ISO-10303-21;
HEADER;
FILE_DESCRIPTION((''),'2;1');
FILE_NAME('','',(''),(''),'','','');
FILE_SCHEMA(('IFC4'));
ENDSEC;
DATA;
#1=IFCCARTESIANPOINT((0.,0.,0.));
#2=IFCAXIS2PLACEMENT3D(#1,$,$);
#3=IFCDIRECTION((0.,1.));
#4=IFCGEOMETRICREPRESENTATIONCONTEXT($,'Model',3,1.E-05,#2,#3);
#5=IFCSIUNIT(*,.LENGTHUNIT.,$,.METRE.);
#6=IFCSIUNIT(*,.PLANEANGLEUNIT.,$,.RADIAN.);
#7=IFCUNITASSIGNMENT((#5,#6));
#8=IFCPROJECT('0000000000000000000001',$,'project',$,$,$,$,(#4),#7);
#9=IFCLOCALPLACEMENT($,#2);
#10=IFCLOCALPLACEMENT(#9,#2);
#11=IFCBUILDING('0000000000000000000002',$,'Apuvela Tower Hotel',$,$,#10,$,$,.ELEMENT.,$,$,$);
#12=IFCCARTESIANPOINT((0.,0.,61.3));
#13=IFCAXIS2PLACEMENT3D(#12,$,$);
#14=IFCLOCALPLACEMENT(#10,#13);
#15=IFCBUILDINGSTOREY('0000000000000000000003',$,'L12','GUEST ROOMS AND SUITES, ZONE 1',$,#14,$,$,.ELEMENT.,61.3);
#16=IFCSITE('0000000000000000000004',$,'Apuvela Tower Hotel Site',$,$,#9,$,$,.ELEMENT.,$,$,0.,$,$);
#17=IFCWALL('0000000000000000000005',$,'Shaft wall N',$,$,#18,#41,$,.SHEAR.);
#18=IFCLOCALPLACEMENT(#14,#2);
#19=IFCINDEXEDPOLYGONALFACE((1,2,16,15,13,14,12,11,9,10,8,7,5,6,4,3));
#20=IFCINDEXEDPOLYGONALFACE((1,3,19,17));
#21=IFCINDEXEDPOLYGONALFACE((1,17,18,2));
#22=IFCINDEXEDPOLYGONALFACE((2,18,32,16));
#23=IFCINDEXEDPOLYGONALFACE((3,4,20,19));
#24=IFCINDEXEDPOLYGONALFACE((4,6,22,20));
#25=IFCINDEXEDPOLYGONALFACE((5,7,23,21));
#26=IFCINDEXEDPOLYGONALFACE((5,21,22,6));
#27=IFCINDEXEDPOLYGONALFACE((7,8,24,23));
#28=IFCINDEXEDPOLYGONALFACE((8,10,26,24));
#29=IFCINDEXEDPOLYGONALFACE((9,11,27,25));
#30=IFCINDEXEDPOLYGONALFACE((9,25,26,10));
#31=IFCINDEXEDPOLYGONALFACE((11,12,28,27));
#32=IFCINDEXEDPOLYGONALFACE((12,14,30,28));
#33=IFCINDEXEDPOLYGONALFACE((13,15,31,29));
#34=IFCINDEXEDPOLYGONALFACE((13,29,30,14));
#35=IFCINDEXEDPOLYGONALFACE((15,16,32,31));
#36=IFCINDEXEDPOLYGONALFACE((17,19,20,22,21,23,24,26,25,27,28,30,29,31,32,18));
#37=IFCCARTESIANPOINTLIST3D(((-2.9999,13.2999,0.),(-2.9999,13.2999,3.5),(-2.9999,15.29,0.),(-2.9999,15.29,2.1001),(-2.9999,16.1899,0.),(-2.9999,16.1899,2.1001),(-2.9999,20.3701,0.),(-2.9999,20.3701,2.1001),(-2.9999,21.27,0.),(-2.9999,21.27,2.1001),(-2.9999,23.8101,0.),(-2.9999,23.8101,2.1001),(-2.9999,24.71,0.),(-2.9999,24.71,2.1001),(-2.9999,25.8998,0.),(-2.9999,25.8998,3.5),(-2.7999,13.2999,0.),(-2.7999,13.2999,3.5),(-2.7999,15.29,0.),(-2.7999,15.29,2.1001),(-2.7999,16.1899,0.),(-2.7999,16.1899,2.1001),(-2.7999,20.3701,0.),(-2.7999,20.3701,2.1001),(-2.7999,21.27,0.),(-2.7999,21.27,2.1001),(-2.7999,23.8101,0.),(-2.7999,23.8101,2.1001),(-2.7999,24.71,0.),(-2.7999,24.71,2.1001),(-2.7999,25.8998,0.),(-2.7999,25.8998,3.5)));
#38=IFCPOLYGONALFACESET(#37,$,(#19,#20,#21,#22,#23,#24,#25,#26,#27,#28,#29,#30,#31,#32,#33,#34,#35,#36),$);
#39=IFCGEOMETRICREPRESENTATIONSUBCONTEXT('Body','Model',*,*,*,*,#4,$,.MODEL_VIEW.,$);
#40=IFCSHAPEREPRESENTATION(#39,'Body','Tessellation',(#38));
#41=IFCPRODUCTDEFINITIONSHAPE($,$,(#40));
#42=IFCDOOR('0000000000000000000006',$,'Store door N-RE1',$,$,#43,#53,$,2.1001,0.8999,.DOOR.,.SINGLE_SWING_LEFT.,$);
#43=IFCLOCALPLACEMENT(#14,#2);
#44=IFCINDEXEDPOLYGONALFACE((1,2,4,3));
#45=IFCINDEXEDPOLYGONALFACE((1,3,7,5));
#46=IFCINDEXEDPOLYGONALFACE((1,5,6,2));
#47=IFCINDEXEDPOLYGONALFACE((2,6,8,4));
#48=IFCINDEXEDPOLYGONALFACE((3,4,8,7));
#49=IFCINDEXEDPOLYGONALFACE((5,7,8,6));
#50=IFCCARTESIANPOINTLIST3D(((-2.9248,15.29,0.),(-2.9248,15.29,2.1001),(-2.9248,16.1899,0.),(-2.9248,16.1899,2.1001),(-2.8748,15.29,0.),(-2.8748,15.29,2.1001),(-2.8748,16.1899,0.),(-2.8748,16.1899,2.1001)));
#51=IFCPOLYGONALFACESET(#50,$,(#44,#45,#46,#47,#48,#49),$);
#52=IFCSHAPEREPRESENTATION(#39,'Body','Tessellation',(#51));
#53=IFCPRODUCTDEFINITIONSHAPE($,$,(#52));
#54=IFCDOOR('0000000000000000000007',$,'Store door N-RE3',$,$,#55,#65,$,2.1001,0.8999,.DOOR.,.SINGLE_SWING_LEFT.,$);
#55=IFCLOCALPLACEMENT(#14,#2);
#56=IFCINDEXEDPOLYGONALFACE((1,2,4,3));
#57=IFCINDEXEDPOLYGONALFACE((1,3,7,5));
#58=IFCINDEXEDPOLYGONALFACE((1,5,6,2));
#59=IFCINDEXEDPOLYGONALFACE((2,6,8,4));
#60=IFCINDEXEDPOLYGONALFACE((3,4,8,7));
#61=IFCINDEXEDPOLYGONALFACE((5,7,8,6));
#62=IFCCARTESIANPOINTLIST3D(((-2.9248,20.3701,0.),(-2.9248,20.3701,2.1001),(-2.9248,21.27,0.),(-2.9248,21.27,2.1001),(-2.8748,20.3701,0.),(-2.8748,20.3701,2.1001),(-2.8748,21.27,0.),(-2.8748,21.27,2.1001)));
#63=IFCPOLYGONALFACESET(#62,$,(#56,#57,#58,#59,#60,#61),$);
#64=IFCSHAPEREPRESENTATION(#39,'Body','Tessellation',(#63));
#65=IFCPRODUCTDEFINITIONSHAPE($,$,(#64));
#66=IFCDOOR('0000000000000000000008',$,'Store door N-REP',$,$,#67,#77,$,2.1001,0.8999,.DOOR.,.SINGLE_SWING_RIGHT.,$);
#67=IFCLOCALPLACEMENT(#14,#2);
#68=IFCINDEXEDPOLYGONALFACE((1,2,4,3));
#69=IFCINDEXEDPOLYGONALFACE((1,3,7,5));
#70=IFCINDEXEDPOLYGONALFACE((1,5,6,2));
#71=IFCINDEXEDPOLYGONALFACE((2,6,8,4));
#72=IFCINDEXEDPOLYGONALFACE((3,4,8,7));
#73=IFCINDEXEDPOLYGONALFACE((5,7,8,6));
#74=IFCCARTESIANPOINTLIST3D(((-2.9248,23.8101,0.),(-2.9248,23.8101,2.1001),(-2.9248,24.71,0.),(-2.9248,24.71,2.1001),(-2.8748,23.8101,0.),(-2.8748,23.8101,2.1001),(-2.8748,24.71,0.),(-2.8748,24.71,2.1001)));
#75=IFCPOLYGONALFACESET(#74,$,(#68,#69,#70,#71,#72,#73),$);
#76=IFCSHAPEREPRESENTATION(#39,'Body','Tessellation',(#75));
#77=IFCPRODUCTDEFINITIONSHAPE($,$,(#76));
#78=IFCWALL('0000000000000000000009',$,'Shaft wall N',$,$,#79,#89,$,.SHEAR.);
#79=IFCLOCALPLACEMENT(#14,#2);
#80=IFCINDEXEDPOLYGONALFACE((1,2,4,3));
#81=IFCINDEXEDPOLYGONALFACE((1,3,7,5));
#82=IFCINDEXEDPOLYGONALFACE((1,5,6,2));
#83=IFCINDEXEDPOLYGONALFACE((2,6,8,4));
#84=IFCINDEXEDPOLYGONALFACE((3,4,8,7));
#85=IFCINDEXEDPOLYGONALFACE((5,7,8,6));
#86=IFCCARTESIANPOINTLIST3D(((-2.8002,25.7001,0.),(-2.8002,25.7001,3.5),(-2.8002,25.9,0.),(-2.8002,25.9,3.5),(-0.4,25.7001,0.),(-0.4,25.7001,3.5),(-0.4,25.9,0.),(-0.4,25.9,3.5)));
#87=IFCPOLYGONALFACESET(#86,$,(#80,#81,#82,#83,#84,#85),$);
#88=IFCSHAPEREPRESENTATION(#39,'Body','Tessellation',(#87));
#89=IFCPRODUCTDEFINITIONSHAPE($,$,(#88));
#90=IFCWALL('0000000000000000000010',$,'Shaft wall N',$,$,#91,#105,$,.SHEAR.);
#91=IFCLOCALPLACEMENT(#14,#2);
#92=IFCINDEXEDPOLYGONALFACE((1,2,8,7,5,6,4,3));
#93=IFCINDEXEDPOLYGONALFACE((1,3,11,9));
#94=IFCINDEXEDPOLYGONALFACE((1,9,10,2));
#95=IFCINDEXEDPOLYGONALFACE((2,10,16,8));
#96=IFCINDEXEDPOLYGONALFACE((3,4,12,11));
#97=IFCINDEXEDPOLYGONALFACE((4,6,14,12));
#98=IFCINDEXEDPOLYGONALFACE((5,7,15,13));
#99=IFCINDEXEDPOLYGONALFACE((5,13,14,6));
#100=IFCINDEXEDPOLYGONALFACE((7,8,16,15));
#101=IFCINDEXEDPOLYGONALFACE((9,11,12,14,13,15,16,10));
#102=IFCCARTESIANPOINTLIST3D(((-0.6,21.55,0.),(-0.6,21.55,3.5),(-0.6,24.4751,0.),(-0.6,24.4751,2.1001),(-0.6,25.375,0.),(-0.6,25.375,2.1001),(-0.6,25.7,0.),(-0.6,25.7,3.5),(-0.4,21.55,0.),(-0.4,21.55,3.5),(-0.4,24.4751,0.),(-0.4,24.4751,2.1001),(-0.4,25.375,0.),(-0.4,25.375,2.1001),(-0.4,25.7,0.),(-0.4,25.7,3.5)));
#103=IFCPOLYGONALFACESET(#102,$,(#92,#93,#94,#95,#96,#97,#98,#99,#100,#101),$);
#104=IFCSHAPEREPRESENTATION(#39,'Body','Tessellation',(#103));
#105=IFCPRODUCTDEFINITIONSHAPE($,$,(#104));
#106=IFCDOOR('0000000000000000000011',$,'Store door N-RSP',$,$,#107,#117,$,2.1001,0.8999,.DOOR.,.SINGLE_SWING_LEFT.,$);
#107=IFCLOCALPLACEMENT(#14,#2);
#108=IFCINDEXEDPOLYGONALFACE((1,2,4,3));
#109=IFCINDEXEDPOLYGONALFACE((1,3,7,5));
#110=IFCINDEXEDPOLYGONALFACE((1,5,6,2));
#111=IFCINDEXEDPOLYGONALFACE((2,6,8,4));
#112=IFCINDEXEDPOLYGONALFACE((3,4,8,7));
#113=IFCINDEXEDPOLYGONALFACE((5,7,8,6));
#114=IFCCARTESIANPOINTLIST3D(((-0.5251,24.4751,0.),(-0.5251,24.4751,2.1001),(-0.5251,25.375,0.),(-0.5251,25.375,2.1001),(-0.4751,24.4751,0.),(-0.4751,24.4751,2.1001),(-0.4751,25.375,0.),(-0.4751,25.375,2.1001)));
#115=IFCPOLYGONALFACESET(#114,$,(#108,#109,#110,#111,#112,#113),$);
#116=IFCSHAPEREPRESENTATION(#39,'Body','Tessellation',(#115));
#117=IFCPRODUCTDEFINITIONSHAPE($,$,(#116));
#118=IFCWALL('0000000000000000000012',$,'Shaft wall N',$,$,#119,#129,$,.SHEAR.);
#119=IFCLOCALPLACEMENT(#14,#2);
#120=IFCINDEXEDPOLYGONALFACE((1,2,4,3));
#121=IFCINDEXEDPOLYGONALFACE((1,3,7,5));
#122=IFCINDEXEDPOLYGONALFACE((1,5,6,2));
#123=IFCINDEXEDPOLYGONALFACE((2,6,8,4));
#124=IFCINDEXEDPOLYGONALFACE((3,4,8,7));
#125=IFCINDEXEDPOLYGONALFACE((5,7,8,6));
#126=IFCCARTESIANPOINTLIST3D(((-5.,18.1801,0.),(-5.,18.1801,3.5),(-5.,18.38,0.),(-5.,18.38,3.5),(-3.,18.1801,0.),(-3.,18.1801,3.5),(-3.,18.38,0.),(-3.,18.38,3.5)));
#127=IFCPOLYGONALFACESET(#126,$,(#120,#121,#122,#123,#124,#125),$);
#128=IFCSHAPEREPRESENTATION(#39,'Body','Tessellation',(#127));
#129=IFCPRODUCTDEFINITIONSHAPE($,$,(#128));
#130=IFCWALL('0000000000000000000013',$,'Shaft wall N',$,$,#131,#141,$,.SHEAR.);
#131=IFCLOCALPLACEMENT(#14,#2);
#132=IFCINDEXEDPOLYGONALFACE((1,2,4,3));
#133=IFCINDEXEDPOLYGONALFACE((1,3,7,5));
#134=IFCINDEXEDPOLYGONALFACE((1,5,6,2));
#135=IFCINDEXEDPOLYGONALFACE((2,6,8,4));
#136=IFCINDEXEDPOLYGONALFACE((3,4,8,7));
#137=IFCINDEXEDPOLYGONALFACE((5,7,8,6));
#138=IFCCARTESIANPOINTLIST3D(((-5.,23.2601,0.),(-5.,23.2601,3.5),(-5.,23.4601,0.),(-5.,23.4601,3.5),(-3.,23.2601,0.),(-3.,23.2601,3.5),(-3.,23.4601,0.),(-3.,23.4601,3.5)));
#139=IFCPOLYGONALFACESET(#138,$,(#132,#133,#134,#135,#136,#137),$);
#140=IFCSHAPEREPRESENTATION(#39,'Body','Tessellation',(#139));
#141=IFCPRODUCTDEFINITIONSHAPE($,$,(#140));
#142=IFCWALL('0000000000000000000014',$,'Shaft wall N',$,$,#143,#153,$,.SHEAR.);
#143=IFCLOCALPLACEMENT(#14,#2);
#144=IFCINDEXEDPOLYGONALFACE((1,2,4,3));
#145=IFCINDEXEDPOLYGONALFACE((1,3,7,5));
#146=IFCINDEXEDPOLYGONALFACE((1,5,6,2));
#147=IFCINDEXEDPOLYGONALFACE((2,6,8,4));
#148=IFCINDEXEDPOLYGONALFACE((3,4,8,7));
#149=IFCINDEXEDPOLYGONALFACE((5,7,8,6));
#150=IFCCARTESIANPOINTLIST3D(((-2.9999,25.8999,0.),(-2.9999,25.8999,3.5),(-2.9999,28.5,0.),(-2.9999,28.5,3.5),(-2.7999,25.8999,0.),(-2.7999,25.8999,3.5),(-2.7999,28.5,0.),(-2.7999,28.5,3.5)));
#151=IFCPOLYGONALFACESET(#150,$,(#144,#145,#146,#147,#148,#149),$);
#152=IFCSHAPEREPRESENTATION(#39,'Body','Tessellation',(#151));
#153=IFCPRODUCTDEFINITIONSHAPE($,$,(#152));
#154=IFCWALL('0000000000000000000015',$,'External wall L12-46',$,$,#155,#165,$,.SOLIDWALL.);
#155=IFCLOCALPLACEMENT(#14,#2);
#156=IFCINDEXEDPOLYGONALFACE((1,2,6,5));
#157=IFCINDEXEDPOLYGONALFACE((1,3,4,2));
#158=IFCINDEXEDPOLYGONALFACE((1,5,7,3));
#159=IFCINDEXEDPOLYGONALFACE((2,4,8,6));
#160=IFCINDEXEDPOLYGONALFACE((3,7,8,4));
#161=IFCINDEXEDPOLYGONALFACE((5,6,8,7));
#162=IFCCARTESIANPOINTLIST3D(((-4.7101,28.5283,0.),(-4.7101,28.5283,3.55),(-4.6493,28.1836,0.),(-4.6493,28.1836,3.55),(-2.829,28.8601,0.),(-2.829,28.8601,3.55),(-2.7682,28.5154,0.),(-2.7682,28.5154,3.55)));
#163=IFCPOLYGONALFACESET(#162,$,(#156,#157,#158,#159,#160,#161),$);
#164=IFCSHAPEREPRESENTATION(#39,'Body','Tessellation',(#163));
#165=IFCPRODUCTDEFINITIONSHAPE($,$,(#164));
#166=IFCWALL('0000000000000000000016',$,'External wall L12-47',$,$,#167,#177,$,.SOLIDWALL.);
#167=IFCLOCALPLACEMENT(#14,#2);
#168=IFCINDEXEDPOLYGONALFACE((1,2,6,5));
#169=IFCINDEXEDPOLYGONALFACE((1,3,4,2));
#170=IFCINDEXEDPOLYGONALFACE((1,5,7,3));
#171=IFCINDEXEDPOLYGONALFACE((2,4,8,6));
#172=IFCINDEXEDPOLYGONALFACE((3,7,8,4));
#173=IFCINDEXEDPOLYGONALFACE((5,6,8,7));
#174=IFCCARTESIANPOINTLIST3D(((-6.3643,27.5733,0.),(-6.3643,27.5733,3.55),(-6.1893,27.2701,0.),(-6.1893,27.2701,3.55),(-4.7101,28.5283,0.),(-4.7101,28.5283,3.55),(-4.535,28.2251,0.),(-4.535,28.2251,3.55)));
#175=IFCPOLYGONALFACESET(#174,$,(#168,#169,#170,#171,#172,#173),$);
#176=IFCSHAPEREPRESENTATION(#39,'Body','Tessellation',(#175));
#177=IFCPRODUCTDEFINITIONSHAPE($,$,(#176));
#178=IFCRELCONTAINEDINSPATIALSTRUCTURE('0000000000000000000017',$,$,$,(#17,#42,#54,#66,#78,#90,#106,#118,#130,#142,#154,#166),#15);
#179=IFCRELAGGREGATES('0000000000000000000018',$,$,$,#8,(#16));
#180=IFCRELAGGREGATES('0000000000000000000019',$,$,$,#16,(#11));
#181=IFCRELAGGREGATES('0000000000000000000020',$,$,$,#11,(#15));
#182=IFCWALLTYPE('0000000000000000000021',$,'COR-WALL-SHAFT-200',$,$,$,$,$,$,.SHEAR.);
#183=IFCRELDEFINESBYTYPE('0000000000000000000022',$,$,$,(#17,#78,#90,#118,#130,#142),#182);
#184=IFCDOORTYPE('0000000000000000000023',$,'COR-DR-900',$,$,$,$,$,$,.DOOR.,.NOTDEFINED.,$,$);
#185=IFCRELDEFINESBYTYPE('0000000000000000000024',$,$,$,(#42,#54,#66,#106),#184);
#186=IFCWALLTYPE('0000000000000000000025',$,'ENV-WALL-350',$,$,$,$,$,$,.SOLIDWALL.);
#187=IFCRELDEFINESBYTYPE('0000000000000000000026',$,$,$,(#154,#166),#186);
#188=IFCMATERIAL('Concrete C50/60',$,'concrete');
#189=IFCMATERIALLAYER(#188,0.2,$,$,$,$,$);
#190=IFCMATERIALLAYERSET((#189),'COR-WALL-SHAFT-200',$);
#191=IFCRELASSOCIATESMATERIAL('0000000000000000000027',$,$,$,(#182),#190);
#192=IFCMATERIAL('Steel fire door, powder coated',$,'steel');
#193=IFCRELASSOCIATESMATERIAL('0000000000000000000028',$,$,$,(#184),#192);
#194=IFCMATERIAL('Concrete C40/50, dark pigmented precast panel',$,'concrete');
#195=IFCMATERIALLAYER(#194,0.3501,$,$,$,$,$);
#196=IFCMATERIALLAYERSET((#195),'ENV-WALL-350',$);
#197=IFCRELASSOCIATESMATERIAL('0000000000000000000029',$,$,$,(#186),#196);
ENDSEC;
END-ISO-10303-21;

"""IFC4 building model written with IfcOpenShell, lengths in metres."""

from ifc_helpers import new_model, si_unit, direction, frame, frame_2d, origin, place, context, subcontext, project, spatial, rectangle, extrude, material, layer, layer_set, type_object, element, fill, save


model = new_model("IFC4")

# Units and contexts
model_context = context("Model", 3, precision=1e-05, world=origin(), true_north=direction((0.0, 1.0)))
body_context = subcontext(model_context, "Body", "Model", "MODEL_VIEW")
ifc_project = project(units=[si_unit("LENGTHUNIT", "METRE"), si_unit("PLANEANGLEUNIT", "RADIAN")], contexts=[model_context])

# Site, building, storey
site_placement = place(None, origin())
site = spatial("IfcSite", under=ifc_project, at=site_placement, Name="Apuvela Tower Hotel Site", CompositionType="ELEMENT", RefElevation=0.0)
building_placement = place(site_placement, origin())
building = spatial("IfcBuilding", under=site, at=building_placement, Name="Apuvela Tower Hotel", CompositionType="ELEMENT")
storey_placement = place(building_placement, frame((0.0, 0.0, 61.3)))
storey = spatial("IfcBuildingStorey", under=building, at=storey_placement, Name="L12", Description="GUEST ROOMS AND SUITES, ZONE 1", CompositionType="ELEMENT", Elevation=61.3)

# Shared definitions
ifc_material_1 = material(Name="Concrete C50/60", Category="concrete")
ifc_layer_1 = layer(ifc_material_1, 0.2)
ifc_layer_set_1 = layer_set([ifc_layer_1], Name="COR-WALL-SHAFT-200")
wall_type_1 = type_object("IfcWallType", Name="COR-WALL-SHAFT-200", PredefinedType="SHEAR", material=ifc_layer_set_1)

# Wall, openings, doors
wall_1_placement = place(storey_placement, frame((-2.8999, 13.3, 0.0), z_axis=(0.0, 0.0, 1.0), x_axis=(0.0, 1.0, 0.0)))
wall_1 = element("IfcWall", 1, at=wall_1_placement, inside=storey, type_object=wall_type_1, Name="Shaft wall N", PredefinedType="SHEAR", context=body_context, shape_type="SweptSolid", body=[
    extrude(rectangle(XDim=12.5999, YDim=0.2, at=frame_2d((6.2998, 0.0))), origin(), (0.0, 0.0, 1.0), 3.5),
])
opening_1_placement = place(wall_1_placement, frame((1.99, 0.0, 0.0)))
opening_1 = element("IfcOpeningElement", 2, at=opening_1_placement, cuts=wall_1, PredefinedType="OPENING", context=body_context, shape_type="SweptSolid", body=[
    extrude(rectangle(XDim=0.8999, YDim=2.1001, at=frame_2d((0.45, 1.05))), frame((0.0, 0.1099, 0.0), z_axis=(0.0, -1.0, 0.0), x_axis=(1.0, 0.0, 0.0)), (0.0, 0.0, 1.0), 0.22),
])
opening_2_placement = place(wall_1_placement, frame((7.0701, 0.0, 0.0)))
opening_2 = element("IfcOpeningElement", 3, at=opening_2_placement, cuts=wall_1, PredefinedType="OPENING", context=body_context, shape_type="SweptSolid", body=[
    extrude(rectangle(XDim=0.8999, YDim=2.1001, at=frame_2d((0.45, 1.05))), frame((0.0, 0.1099, 0.0), z_axis=(0.0, -1.0, 0.0), x_axis=(1.0, 0.0, 0.0)), (0.0, 0.0, 1.0), 0.22),
])
opening_3_placement = place(wall_1_placement, frame((10.51, 0.0, 0.0)))
opening_3 = element("IfcOpeningElement", 4, at=opening_3_placement, cuts=wall_1, PredefinedType="OPENING", context=body_context, shape_type="SweptSolid", body=[
    extrude(rectangle(XDim=0.8999, YDim=2.1001, at=frame_2d((0.45, 1.05))), frame((0.0, 0.1099, 0.0), z_axis=(0.0, -1.0, 0.0), x_axis=(1.0, 0.0, 0.0)), (0.0, 0.0, 1.0), 0.22),
])
ifc_material_2 = material(Name="Steel fire door, powder coated", Category="steel")
door_type_1 = type_object("IfcDoorType", Name="COR-DR-900", OperationType="NOTDEFINED", PredefinedType="DOOR", material=ifc_material_2)
door_1_placement = place(opening_1_placement, origin())
door_1 = element("IfcDoor", 5, at=door_1_placement, inside=storey, type_object=door_type_1, Name="Store door N-RE1", OperationType="SINGLE_SWING_LEFT", OverallHeight=2.1001, OverallWidth=0.8999, PredefinedType="DOOR", context=body_context, shape_type="SweptSolid", body=[
    extrude(rectangle(XDim=0.8999, YDim=2.1001, at=frame_2d((0.45, 1.05))), frame((0.0, 0.0249, 0.0), z_axis=(0.0, -1.0, 0.0), x_axis=(1.0, 0.0, 0.0)), (0.0, 0.0, 1.0), 0.05),
])
fill(opening_1, door_1)
door_2_placement = place(opening_2_placement, origin())
door_2 = element("IfcDoor", 6, at=door_2_placement, inside=storey, type_object=door_type_1, Name="Store door N-RE3", OperationType="SINGLE_SWING_LEFT", OverallHeight=2.1001, OverallWidth=0.8999, PredefinedType="DOOR", context=body_context, shape_type="SweptSolid", body=[
    extrude(rectangle(XDim=0.8999, YDim=2.1001, at=frame_2d((0.45, 1.05))), frame((0.0, 0.0249, 0.0), z_axis=(0.0, -1.0, 0.0), x_axis=(1.0, 0.0, 0.0)), (0.0, 0.0, 1.0), 0.05),
])
fill(opening_2, door_2)
door_3_placement = place(opening_3_placement, origin())
door_3 = element("IfcDoor", 7, at=door_3_placement, inside=storey, type_object=door_type_1, Name="Store door N-REP", OperationType="SINGLE_SWING_RIGHT", OverallHeight=2.1001, OverallWidth=0.8999, PredefinedType="DOOR", context=body_context, shape_type="SweptSolid", body=[
    extrude(rectangle(XDim=0.8999, YDim=2.1001, at=frame_2d((0.45, 1.05))), frame((0.0, 0.0249, 0.0), z_axis=(0.0, -1.0, 0.0), x_axis=(1.0, 0.0, 0.0)), (0.0, 0.0, 1.0), 0.05),
])
fill(opening_3, door_3)

# Wall
wall_2_placement = place(storey_placement, frame((-0.3999, 25.8, 0.0), z_axis=(0.0, 0.0, 1.0), x_axis=(-1.0, 0.0, 0.0)))
element("IfcWall", 8, at=wall_2_placement, inside=storey, type_object=wall_type_1, Name="Shaft wall N", PredefinedType="SHEAR", context=body_context, shape_type="SweptSolid", body=[
    extrude(rectangle(XDim=2.4001, YDim=0.2, at=frame_2d((1.2002, 0.0))), origin(), (0.0, 0.0, 1.0), 3.5),
])

# Wall, opening, door
wall_3_placement = place(storey_placement, frame((-0.5, 21.55, 0.0), z_axis=(0.0, 0.0, 1.0), x_axis=(0.0, 1.0, 0.0)))
wall_3 = element("IfcWall", 9, at=wall_3_placement, inside=storey, type_object=wall_type_1, Name="Shaft wall N", PredefinedType="SHEAR", context=body_context, shape_type="SweptSolid", body=[
    extrude(rectangle(XDim=4.1499, YDim=0.2, at=frame_2d((2.075, 0.0))), origin(), (0.0, 0.0, 1.0), 3.5),
])
opening_4_placement = place(wall_3_placement, frame((2.925, 0.0, 0.0)))
opening_4 = element("IfcOpeningElement", 10, at=opening_4_placement, cuts=wall_3, PredefinedType="OPENING", context=body_context, shape_type="SweptSolid", body=[
    extrude(rectangle(XDim=0.8999, YDim=2.1001, at=frame_2d((0.45, 1.05))), frame((0.0, 0.1099, 0.0), z_axis=(0.0, -1.0, 0.0), x_axis=(1.0, 0.0, 0.0)), (0.0, 0.0, 1.0), 0.22),
])
door_4_placement = place(opening_4_placement, frame((0.8999, 0.0, 0.0), z_axis=(0.0, 0.0, 1.0), x_axis=(-1.0, 0.0, 0.0)))
door_4 = element("IfcDoor", 11, at=door_4_placement, inside=storey, type_object=door_type_1, Name="Store door N-RSP", OperationType="SINGLE_SWING_LEFT", OverallHeight=2.1001, OverallWidth=0.8999, PredefinedType="DOOR", context=body_context, shape_type="SweptSolid", body=[
    extrude(rectangle(XDim=0.8999, YDim=2.1001, at=frame_2d((0.45, 1.05))), frame((0.0, 0.0249, 0.0), z_axis=(0.0, -1.0, 0.0), x_axis=(1.0, 0.0, 0.0)), (0.0, 0.0, 1.0), 0.05),
])
fill(opening_4, door_4)

# Walls
for number, where, z_axis, x_axis, name in (
    (12, (-3.0, 18.28, 0.0), (0.0, 0.0, 1.0), (-1.0, 0.0, 0.0), "Shaft wall N"),
    (13, (-3.0, 23.3601, 0.0), (0.0, 0.0, 1.0), (-1.0, 0.0, 0.0), "Shaft wall N"),
):
    element("IfcWall", number, at=place(storey_placement, frame(where, z_axis=z_axis, x_axis=x_axis)), inside=storey, type_object=wall_type_1, Name=name, PredefinedType="SHEAR", context=body_context, shape_type="SweptSolid", body=[
        extrude(rectangle(XDim=2.0, YDim=0.2, at=frame_2d((1.0, 0.0))), origin(), (0.0, 0.0, 1.0), 3.5),
    ])
wall_4_placement = place(storey_placement, frame((-2.8999, 25.8999, 0.0), z_axis=(0.0, 0.0, 1.0), x_axis=(0.0, 1.0, 0.0)))
element("IfcWall", 14, at=wall_4_placement, inside=storey, type_object=wall_type_1, Name="Shaft wall N", PredefinedType="SHEAR", context=body_context, shape_type="SweptSolid", body=[
    extrude(rectangle(XDim=2.6001, YDim=0.2, at=frame_2d((1.3, 0.0))), origin(), (0.0, 0.0, 1.0), 3.5),
])

# Shared definitions
ifc_material_3 = material(Name="Concrete C40/50, dark pigmented precast panel", Category="concrete")
ifc_layer_2 = layer(ifc_material_3, 0.3501)
ifc_layer_set_2 = layer_set([ifc_layer_2], Name="ENV-WALL-350")
wall_type_2 = type_object("IfcWallType", Name="ENV-WALL-350", PredefinedType="SOLIDWALL", material=ifc_layer_set_2)

# Walls
for number, where, z_axis, x_axis, name in (
    (15, (-2.7986, 28.6877, 0.0), (0.0, 0.0, 1.0), (-0.984799, -0.173698, 0.0), "External wall L12-46"),
    (16, (-4.6226, 28.3767, 0.0), (0.0, 0.0, 1.0), (-0.866032, -0.499988, 0.0), "External wall L12-47"),
):
    element("IfcWall", number, at=place(storey_placement, frame(where, z_axis=z_axis, x_axis=x_axis)), inside=storey, type_object=wall_type_2, Name=name, PredefinedType="SOLIDWALL", context=body_context, shape_type="SweptSolid", body=[
        extrude(rectangle(XDim=1.9102, YDim=0.3501, at=frame_2d((0.9551, 0.0))), origin(), (0.0, 0.0, 1.0), 3.55),
    ])

save(model, "model.ifc")
